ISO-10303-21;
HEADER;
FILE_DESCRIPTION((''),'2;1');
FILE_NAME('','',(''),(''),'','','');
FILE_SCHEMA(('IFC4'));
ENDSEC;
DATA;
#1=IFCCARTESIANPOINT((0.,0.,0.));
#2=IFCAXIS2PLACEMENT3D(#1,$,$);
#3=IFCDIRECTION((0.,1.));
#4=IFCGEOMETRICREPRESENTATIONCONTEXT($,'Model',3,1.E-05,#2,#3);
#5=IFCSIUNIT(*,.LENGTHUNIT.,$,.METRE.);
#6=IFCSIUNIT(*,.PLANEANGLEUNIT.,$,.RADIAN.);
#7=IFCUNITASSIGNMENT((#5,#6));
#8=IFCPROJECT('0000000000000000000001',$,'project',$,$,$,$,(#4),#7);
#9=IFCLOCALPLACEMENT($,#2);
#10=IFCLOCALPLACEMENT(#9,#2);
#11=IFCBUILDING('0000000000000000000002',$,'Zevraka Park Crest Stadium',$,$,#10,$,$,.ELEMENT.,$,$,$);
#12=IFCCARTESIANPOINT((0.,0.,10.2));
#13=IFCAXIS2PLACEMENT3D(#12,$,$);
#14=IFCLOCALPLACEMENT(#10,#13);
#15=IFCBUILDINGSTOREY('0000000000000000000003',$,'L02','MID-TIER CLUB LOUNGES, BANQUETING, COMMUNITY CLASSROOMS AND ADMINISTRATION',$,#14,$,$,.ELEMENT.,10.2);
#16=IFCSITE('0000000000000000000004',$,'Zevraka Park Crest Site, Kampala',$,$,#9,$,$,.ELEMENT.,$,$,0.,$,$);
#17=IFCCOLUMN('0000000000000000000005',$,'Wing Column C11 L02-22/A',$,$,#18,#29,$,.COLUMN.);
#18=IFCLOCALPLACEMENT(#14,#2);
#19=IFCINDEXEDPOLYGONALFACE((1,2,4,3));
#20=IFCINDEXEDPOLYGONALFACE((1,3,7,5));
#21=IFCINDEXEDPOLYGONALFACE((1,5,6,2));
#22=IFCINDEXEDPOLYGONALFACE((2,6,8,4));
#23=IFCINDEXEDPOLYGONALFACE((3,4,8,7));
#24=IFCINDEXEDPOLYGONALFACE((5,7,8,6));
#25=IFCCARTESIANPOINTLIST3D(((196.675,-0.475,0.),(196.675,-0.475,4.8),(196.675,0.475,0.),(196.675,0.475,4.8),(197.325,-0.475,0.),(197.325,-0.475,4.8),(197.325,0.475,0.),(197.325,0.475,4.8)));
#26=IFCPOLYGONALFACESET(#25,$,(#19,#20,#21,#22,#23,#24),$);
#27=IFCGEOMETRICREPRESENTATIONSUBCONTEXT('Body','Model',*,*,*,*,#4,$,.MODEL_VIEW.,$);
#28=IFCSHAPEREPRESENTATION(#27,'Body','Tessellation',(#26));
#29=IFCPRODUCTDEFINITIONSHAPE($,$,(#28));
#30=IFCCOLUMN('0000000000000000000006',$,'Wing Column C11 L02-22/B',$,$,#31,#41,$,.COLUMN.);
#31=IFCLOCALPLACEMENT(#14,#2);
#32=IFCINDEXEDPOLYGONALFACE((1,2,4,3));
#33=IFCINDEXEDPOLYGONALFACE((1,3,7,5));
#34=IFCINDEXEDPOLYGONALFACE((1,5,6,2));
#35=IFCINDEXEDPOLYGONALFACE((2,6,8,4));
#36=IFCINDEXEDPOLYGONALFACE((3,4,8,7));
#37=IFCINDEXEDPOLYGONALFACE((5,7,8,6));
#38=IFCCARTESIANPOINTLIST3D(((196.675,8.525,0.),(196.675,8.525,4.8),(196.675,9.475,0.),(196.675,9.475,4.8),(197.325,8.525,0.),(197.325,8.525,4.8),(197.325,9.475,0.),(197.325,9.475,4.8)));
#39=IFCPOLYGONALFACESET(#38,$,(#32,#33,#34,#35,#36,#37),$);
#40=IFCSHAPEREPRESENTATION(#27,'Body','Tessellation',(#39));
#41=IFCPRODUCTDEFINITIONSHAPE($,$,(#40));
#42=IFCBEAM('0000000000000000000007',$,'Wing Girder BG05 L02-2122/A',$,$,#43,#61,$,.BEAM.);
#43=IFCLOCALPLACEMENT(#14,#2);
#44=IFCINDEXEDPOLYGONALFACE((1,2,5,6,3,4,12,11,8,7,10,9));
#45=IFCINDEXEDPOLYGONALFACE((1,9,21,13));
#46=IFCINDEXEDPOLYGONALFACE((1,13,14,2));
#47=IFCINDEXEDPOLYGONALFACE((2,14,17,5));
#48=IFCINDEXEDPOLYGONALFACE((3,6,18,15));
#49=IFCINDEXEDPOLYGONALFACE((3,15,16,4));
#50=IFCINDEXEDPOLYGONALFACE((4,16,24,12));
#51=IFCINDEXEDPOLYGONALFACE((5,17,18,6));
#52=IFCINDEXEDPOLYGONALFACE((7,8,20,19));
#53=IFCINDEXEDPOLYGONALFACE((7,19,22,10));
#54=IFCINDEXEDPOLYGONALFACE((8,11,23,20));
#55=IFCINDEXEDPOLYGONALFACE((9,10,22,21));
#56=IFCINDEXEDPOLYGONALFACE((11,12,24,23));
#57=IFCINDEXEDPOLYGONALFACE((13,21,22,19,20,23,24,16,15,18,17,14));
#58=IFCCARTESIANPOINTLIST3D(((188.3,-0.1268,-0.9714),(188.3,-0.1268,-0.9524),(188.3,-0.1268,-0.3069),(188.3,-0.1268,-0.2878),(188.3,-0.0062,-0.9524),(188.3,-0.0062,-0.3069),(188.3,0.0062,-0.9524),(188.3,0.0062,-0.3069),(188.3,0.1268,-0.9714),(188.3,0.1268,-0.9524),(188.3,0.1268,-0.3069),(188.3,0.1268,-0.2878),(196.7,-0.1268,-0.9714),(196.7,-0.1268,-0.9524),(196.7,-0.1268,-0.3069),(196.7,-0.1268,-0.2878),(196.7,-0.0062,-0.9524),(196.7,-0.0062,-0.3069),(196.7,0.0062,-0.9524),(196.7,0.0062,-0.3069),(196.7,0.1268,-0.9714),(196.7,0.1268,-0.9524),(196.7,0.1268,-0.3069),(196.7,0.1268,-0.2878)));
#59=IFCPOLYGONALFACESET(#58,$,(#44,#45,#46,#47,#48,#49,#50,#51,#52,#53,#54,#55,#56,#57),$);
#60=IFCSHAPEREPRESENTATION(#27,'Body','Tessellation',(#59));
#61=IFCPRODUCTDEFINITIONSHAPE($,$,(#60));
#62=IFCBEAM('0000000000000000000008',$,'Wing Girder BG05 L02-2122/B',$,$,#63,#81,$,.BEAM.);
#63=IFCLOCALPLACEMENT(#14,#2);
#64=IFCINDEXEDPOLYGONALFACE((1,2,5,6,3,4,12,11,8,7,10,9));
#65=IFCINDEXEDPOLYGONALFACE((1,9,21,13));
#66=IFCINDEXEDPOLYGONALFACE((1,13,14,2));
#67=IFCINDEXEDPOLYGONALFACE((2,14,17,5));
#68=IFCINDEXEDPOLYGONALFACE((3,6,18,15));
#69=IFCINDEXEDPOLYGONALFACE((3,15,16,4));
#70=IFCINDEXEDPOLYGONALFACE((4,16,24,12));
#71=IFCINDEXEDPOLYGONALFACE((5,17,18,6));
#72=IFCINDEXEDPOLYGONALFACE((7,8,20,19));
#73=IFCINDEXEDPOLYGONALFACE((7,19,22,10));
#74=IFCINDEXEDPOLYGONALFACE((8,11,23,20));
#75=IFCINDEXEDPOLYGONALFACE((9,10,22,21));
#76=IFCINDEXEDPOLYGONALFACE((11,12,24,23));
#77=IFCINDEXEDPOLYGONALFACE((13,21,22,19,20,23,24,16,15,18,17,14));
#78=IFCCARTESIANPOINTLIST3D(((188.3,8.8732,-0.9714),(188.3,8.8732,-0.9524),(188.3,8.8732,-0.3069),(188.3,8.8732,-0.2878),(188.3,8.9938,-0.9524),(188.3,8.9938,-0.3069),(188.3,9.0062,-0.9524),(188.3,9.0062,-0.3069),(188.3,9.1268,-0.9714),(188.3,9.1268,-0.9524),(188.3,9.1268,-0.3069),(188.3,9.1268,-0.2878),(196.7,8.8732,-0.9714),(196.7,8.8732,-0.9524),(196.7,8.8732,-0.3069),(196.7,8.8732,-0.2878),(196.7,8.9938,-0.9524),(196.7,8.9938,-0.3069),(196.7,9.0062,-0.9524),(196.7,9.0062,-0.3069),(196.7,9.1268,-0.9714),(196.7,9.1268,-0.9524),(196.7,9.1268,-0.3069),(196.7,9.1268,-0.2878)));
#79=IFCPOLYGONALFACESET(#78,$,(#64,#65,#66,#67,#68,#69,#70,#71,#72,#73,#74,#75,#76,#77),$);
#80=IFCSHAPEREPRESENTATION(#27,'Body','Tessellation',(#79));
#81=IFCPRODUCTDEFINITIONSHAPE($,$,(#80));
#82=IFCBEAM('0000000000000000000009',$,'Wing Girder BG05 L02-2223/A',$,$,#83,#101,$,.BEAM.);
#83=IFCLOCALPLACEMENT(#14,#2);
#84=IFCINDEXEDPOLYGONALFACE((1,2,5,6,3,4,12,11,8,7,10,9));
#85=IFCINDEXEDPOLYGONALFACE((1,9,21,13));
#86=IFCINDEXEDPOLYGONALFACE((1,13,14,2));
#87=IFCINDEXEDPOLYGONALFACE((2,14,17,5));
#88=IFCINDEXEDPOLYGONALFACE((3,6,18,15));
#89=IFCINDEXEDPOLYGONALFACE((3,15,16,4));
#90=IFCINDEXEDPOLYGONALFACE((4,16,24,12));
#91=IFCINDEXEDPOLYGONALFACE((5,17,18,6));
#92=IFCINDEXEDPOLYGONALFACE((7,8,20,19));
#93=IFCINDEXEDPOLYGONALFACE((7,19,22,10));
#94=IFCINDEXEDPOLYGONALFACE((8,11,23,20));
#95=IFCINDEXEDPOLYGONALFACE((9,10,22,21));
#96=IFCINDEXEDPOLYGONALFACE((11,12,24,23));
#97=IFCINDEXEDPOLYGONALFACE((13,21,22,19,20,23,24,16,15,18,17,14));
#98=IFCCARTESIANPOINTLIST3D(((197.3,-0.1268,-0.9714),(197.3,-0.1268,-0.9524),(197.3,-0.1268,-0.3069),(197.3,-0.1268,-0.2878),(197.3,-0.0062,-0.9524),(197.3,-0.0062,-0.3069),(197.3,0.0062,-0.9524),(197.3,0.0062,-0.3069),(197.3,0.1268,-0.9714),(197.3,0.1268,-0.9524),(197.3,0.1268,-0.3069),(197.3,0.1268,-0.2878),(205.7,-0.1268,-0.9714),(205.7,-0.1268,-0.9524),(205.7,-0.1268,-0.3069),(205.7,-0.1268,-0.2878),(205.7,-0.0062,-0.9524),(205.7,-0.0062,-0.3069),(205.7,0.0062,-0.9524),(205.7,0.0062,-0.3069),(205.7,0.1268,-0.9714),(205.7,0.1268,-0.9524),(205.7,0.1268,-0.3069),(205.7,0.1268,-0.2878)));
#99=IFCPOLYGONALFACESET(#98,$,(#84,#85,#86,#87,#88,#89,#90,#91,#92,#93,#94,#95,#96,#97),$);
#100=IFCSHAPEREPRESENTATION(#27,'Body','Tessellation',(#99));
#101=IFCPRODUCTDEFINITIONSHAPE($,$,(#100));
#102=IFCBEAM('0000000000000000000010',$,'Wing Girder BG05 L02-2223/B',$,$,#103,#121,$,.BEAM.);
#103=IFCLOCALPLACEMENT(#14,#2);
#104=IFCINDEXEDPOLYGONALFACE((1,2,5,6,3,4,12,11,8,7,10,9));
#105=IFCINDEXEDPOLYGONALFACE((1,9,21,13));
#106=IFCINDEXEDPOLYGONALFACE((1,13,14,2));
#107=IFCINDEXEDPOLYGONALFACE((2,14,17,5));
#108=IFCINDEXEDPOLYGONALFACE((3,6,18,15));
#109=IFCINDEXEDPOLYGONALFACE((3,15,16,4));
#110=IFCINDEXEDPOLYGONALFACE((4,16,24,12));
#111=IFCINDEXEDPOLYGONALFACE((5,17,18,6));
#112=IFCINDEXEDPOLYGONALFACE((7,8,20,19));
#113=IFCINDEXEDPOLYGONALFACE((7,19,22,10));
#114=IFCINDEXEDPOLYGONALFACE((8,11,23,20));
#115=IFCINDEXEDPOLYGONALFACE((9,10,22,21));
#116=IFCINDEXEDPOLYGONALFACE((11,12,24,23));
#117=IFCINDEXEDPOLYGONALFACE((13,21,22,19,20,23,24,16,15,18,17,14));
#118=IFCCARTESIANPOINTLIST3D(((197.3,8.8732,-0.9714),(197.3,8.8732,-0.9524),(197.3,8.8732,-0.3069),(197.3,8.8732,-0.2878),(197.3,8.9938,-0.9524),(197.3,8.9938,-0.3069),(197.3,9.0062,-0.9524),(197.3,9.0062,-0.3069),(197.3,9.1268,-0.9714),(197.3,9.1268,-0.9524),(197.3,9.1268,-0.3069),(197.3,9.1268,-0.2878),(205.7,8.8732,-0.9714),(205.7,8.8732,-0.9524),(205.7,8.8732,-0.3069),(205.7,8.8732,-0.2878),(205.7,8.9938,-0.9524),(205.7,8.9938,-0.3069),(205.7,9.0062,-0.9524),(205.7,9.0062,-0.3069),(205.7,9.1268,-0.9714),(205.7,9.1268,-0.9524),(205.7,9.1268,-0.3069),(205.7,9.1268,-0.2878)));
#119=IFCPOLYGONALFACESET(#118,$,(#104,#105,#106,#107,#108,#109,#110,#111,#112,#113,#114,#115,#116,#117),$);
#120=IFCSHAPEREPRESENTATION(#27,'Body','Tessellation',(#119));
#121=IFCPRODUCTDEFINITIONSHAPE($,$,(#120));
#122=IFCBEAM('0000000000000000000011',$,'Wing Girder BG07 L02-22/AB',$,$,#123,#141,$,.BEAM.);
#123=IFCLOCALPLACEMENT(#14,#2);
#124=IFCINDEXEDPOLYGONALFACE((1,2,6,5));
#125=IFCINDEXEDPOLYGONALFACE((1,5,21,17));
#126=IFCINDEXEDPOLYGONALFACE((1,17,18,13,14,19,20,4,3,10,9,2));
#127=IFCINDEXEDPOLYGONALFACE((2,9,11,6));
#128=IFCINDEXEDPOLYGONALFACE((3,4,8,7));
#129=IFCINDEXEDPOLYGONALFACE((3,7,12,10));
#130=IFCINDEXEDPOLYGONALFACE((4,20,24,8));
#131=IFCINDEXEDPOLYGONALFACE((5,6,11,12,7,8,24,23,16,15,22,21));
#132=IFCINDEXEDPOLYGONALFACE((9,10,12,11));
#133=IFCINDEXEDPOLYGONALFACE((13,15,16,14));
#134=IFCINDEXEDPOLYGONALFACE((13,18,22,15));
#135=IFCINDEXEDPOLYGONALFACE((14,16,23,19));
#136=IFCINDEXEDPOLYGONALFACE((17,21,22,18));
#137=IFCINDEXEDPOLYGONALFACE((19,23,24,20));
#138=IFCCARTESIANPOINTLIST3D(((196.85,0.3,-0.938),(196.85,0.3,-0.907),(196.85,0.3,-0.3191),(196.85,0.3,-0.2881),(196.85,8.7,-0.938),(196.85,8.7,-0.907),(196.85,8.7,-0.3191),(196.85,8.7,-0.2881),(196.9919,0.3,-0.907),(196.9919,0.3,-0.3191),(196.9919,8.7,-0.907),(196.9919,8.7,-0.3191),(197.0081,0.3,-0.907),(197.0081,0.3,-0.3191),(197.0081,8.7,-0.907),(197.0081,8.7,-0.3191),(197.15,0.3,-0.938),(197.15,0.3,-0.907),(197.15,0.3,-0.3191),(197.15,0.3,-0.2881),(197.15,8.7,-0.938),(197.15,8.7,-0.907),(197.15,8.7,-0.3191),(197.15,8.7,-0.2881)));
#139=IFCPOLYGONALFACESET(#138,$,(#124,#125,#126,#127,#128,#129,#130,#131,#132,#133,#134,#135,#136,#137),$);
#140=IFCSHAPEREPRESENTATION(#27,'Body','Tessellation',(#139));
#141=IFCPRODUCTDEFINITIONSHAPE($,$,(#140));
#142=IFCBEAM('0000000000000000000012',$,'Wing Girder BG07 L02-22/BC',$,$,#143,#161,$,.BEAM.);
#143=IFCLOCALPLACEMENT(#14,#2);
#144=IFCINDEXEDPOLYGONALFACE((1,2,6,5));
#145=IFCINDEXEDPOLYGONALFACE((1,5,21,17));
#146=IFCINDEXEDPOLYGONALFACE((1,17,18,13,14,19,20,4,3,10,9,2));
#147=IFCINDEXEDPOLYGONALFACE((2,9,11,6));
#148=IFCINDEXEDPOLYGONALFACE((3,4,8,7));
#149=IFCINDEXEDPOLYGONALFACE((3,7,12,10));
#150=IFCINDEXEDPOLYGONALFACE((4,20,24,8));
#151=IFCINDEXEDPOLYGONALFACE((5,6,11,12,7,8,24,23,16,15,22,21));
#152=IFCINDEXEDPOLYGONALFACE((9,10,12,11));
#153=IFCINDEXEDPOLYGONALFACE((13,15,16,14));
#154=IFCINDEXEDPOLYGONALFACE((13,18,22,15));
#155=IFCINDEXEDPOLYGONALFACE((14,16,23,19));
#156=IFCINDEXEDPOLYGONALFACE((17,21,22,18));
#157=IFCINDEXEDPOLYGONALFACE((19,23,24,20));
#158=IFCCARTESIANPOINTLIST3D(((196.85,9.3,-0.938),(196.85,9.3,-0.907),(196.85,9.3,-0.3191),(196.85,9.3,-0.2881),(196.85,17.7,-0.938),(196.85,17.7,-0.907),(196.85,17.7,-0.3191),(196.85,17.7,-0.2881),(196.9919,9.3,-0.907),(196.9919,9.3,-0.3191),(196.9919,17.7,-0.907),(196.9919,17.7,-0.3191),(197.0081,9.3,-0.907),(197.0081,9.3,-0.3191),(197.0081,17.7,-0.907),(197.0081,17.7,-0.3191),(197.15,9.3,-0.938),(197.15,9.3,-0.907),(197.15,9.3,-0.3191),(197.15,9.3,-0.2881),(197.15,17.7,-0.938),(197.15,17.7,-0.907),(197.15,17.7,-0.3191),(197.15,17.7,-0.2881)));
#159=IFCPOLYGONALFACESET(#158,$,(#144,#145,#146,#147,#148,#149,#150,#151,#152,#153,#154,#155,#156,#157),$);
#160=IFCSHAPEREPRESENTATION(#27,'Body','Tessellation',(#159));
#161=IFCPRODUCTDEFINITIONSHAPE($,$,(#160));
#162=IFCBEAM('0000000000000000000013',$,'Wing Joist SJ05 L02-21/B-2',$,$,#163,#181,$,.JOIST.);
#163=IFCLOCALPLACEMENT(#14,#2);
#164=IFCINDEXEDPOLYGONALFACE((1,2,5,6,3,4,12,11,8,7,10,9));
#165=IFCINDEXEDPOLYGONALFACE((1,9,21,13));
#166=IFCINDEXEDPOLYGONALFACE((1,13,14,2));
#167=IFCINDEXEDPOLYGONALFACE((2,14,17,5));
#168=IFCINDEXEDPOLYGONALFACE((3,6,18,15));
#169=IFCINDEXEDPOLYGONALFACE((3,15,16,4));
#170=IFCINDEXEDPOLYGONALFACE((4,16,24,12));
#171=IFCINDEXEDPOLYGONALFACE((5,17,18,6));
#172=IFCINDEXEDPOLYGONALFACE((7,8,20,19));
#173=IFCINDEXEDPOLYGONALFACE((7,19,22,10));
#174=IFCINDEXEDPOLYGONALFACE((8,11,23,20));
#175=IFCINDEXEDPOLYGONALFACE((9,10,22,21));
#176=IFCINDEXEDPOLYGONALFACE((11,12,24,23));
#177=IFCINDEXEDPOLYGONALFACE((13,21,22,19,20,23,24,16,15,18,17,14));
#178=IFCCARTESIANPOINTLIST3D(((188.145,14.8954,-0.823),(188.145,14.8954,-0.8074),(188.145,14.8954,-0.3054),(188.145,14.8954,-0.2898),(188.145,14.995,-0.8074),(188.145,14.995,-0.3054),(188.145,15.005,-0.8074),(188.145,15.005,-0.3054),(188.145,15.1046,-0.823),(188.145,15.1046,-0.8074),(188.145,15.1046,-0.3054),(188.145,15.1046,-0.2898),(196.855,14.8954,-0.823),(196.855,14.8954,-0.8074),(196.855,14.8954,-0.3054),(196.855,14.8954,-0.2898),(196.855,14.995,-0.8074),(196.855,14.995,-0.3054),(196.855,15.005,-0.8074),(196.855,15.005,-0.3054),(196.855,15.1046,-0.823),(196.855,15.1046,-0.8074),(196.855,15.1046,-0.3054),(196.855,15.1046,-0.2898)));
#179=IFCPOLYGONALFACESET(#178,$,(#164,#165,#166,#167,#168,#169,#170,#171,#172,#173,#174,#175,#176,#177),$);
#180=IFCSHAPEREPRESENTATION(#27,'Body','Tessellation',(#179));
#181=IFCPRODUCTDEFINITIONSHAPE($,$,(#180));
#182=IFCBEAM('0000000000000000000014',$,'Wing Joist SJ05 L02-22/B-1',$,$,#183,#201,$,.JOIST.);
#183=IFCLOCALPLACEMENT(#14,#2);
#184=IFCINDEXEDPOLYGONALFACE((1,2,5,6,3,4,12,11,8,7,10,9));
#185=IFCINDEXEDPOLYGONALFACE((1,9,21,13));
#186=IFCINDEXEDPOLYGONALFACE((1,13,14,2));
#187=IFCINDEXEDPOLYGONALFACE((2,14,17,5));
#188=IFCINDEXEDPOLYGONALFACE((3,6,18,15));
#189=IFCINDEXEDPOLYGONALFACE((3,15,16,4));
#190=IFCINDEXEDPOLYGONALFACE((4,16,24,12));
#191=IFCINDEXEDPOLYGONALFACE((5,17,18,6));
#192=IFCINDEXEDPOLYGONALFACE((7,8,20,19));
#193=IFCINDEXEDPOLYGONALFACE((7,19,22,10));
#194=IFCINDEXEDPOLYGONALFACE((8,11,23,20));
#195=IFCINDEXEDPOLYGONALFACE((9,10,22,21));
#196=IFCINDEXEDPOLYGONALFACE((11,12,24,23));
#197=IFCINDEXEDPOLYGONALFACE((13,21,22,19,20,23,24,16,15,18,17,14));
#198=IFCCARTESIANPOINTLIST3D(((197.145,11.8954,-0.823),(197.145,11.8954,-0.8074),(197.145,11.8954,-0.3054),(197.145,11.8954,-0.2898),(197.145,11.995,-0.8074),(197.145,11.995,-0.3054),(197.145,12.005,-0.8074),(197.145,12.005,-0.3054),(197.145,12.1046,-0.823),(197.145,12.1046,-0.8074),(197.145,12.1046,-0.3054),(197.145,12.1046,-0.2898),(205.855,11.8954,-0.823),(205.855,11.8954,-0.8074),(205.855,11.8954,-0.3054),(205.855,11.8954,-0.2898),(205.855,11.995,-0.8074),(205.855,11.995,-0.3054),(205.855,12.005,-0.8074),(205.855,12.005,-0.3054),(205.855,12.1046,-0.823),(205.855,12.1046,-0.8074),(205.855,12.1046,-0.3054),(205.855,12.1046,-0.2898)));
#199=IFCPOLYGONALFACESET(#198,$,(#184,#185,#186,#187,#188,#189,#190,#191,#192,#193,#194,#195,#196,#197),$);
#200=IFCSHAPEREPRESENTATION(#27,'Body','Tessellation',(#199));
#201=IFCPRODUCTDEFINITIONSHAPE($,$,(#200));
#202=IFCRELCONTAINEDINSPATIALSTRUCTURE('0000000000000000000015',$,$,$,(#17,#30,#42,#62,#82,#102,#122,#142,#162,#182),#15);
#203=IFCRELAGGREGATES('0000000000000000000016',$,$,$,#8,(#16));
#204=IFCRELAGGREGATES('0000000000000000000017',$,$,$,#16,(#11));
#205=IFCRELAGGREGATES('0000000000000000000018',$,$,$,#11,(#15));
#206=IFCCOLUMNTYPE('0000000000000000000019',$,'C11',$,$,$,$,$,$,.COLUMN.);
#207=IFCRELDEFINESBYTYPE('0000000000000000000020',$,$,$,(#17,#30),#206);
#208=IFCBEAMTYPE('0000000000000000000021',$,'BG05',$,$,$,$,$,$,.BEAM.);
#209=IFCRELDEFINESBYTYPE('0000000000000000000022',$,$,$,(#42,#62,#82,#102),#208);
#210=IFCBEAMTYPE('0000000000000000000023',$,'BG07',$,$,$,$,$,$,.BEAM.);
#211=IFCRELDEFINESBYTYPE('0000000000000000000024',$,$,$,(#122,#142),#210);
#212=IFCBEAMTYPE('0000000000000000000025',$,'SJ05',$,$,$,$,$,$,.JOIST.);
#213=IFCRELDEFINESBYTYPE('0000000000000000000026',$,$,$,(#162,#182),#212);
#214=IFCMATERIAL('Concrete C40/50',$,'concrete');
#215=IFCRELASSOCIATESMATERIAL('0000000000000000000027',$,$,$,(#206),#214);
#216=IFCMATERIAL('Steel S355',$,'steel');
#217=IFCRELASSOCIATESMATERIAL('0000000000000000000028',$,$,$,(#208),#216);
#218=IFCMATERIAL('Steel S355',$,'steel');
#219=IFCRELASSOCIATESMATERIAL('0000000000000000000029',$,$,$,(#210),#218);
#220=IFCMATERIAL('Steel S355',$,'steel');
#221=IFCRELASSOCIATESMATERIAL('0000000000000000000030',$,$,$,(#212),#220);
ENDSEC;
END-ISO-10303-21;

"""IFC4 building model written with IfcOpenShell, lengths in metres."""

from ifc_helpers import new_model, si_unit, direction, frame, origin, origin_2d, place, context, subcontext, project, spatial, rectangle, i_section, extrude, material, material_profile, profile_set, type_object, element, save


model = new_model("IFC4")

# Units and contexts
model_context = context("Model", 3, precision=1e-05, world=origin(), true_north=direction((0.0, 1.0)))
body_context = subcontext(model_context, "Body", "Model", "MODEL_VIEW")
ifc_project = project(units=[si_unit("LENGTHUNIT", "METRE"), si_unit("PLANEANGLEUNIT", "RADIAN")], contexts=[model_context])

# Site, building, storey
site_placement = place(None, origin())
site = spatial("IfcSite", under=ifc_project, at=site_placement, Name="Zevraka Park Crest Site, Kampala", CompositionType="ELEMENT", RefElevation=0.0)
building_placement = place(site_placement, origin())
building = spatial("IfcBuilding", under=site, at=building_placement, Name="Zevraka Park Crest Stadium", CompositionType="ELEMENT")
storey_placement = place(building_placement, frame((0.0, 0.0, 10.2)))
storey = spatial("IfcBuildingStorey", under=building, at=storey_placement, Name="L02", Description="MID-TIER CLUB LOUNGES, BANQUETING, COMMUNITY CLASSROOMS AND ADMINISTRATION", CompositionType="ELEMENT", Elevation=10.2)

# Columns
ifc_material_1 = material(Name="Concrete C40/50", Category="concrete")
ifc_material_profile_1 = material_profile(ifc_material_1, rectangle(XDim=0.6499, YDim=0.95, at=origin_2d()), Name="RC 950x650")
ifc_profile_set_1 = profile_set([ifc_material_profile_1], Name="Concrete C40/50")
column_type = type_object("IfcColumnType", Name="C11", PredefinedType="COLUMN", material=ifc_profile_set_1)
for number, where, z_axis, x_axis, name in (
    (1, (197.0, 0.0, 0.0), (0.0, 0.0, 1.0), (1.0, 0.0, 0.0), "Wing Column C11 L02-22/A"),
    (2, (197.0, 9.0, 0.0), (0.0, 0.0, 1.0), (1.0, 0.0, 0.0), "Wing Column C11 L02-22/B"),
):
    element("IfcColumn", number, at=place(storey_placement, frame(where, z_axis=z_axis, x_axis=x_axis)), inside=storey, type_object=column_type, Name=name, PredefinedType="COLUMN", context=body_context, shape_type="SweptSolid", body=[
        extrude(rectangle(XDim=0.6499, YDim=0.95, at=origin_2d()), origin(), (0.0, 0.0, 1.0), 4.8),
    ])

# Beams
ifc_material_2 = material(Name="Steel S355", Category="steel")
ifc_material_profile_2 = material_profile(ifc_material_2, i_section(OverallWidth=0.2537, OverallDepth=0.6836, WebThickness=0.0125, FlangeThickness=0.019, at=origin_2d()), Name="UKB 686x254x140")
ifc_profile_set_2 = profile_set([ifc_material_profile_2], Name="Steel S355")
beam_type_1 = type_object("IfcBeamType", Name="BG05", PredefinedType="BEAM", material=ifc_profile_set_2)
for number, where, z_axis, x_axis, name in (
    (3, (188.3, 0.0, -0.6296), (1.0, 0.0, 0.0), (0.0, 1.0, 0.0), "Wing Girder BG05 L02-2122/A"),
    (4, (188.3, 9.0, -0.6296), (1.0, 0.0, 0.0), (0.0, 1.0, 0.0), "Wing Girder BG05 L02-2122/B"),
    (5, (197.3, 0.0, -0.6296), (1.0, 0.0, 0.0), (0.0, 1.0, 0.0), "Wing Girder BG05 L02-2223/A"),
    (6, (197.3, 9.0, -0.6296), (1.0, 0.0, 0.0), (0.0, 1.0, 0.0), "Wing Girder BG05 L02-2223/B"),
):
    element("IfcBeam", number, at=place(storey_placement, frame(where, z_axis=z_axis, x_axis=x_axis)), inside=storey, type_object=beam_type_1, Name=name, PredefinedType="BEAM", context=body_context, shape_type="SweptSolid", body=[
        extrude(i_section(OverallWidth=0.2537, OverallDepth=0.6836, WebThickness=0.0125, FlangeThickness=0.019, at=origin_2d()), origin(), (0.0, 0.0, 1.0), 8.3999),
    ])
ifc_material_3 = material(Name="Steel S355", Category="steel")
ifc_material_profile_3 = material_profile(ifc_material_3, i_section(OverallWidth=0.3, OverallDepth=0.6499, WebThickness=0.0161, FlangeThickness=0.031, at=origin_2d()), Name="HEB 650")
ifc_profile_set_3 = profile_set([ifc_material_profile_3], Name="Steel S355")
beam_type_2 = type_object("IfcBeamType", Name="BG07", PredefinedType="BEAM", material=ifc_profile_set_3)
for number, where, z_axis, x_axis, name in (
    (7, (197.0, 0.3, -0.613), (0.0, 1.0, 0.0), (-1.0, 0.0, 0.0), "Wing Girder BG07 L02-22/AB"),
    (8, (197.0, 9.3, -0.613), (0.0, 1.0, 0.0), (-1.0, 0.0, 0.0), "Wing Girder BG07 L02-22/BC"),
):
    element("IfcBeam", number, at=place(storey_placement, frame(where, z_axis=z_axis, x_axis=x_axis)), inside=storey, type_object=beam_type_2, Name=name, PredefinedType="BEAM", context=body_context, shape_type="SweptSolid", body=[
        extrude(i_section(OverallWidth=0.3, OverallDepth=0.6499, WebThickness=0.0161, FlangeThickness=0.031, at=origin_2d()), origin(), (0.0, 0.0, 1.0), 8.3999),
    ])
ifc_material_4 = material(Name="Steel S355", Category="steel")
ifc_material_profile_4 = material_profile(ifc_material_4, i_section(OverallWidth=0.2092, OverallDepth=0.5332, WebThickness=0.01, FlangeThickness=0.0156, at=origin_2d()), Name="UKB 533x210x92")
ifc_profile_set_4 = profile_set([ifc_material_profile_4], Name="Steel S355")
beam_type_3 = type_object("IfcBeamType", Name="SJ05", PredefinedType="JOIST", material=ifc_profile_set_4)
for number, where, z_axis, x_axis, name in (
    (9, (188.145, 15.0, -0.5564), (1.0, 0.0, 0.0), (0.0, 1.0, 0.0), "Wing Joist SJ05 L02-21/B-2"),
    (10, (197.145, 12.0, -0.5564), (1.0, 0.0, 0.0), (0.0, 1.0, 0.0), "Wing Joist SJ05 L02-22/B-1"),
):
    element("IfcBeam", number, at=place(storey_placement, frame(where, z_axis=z_axis, x_axis=x_axis)), inside=storey, type_object=beam_type_3, Name=name, PredefinedType="JOIST", context=body_context, shape_type="SweptSolid", body=[
        extrude(i_section(OverallWidth=0.2092, OverallDepth=0.5332, WebThickness=0.01, FlangeThickness=0.0156, at=origin_2d()), origin(), (0.0, 0.0, 1.0), 8.71),
    ])

save(model, "model.ifc")
